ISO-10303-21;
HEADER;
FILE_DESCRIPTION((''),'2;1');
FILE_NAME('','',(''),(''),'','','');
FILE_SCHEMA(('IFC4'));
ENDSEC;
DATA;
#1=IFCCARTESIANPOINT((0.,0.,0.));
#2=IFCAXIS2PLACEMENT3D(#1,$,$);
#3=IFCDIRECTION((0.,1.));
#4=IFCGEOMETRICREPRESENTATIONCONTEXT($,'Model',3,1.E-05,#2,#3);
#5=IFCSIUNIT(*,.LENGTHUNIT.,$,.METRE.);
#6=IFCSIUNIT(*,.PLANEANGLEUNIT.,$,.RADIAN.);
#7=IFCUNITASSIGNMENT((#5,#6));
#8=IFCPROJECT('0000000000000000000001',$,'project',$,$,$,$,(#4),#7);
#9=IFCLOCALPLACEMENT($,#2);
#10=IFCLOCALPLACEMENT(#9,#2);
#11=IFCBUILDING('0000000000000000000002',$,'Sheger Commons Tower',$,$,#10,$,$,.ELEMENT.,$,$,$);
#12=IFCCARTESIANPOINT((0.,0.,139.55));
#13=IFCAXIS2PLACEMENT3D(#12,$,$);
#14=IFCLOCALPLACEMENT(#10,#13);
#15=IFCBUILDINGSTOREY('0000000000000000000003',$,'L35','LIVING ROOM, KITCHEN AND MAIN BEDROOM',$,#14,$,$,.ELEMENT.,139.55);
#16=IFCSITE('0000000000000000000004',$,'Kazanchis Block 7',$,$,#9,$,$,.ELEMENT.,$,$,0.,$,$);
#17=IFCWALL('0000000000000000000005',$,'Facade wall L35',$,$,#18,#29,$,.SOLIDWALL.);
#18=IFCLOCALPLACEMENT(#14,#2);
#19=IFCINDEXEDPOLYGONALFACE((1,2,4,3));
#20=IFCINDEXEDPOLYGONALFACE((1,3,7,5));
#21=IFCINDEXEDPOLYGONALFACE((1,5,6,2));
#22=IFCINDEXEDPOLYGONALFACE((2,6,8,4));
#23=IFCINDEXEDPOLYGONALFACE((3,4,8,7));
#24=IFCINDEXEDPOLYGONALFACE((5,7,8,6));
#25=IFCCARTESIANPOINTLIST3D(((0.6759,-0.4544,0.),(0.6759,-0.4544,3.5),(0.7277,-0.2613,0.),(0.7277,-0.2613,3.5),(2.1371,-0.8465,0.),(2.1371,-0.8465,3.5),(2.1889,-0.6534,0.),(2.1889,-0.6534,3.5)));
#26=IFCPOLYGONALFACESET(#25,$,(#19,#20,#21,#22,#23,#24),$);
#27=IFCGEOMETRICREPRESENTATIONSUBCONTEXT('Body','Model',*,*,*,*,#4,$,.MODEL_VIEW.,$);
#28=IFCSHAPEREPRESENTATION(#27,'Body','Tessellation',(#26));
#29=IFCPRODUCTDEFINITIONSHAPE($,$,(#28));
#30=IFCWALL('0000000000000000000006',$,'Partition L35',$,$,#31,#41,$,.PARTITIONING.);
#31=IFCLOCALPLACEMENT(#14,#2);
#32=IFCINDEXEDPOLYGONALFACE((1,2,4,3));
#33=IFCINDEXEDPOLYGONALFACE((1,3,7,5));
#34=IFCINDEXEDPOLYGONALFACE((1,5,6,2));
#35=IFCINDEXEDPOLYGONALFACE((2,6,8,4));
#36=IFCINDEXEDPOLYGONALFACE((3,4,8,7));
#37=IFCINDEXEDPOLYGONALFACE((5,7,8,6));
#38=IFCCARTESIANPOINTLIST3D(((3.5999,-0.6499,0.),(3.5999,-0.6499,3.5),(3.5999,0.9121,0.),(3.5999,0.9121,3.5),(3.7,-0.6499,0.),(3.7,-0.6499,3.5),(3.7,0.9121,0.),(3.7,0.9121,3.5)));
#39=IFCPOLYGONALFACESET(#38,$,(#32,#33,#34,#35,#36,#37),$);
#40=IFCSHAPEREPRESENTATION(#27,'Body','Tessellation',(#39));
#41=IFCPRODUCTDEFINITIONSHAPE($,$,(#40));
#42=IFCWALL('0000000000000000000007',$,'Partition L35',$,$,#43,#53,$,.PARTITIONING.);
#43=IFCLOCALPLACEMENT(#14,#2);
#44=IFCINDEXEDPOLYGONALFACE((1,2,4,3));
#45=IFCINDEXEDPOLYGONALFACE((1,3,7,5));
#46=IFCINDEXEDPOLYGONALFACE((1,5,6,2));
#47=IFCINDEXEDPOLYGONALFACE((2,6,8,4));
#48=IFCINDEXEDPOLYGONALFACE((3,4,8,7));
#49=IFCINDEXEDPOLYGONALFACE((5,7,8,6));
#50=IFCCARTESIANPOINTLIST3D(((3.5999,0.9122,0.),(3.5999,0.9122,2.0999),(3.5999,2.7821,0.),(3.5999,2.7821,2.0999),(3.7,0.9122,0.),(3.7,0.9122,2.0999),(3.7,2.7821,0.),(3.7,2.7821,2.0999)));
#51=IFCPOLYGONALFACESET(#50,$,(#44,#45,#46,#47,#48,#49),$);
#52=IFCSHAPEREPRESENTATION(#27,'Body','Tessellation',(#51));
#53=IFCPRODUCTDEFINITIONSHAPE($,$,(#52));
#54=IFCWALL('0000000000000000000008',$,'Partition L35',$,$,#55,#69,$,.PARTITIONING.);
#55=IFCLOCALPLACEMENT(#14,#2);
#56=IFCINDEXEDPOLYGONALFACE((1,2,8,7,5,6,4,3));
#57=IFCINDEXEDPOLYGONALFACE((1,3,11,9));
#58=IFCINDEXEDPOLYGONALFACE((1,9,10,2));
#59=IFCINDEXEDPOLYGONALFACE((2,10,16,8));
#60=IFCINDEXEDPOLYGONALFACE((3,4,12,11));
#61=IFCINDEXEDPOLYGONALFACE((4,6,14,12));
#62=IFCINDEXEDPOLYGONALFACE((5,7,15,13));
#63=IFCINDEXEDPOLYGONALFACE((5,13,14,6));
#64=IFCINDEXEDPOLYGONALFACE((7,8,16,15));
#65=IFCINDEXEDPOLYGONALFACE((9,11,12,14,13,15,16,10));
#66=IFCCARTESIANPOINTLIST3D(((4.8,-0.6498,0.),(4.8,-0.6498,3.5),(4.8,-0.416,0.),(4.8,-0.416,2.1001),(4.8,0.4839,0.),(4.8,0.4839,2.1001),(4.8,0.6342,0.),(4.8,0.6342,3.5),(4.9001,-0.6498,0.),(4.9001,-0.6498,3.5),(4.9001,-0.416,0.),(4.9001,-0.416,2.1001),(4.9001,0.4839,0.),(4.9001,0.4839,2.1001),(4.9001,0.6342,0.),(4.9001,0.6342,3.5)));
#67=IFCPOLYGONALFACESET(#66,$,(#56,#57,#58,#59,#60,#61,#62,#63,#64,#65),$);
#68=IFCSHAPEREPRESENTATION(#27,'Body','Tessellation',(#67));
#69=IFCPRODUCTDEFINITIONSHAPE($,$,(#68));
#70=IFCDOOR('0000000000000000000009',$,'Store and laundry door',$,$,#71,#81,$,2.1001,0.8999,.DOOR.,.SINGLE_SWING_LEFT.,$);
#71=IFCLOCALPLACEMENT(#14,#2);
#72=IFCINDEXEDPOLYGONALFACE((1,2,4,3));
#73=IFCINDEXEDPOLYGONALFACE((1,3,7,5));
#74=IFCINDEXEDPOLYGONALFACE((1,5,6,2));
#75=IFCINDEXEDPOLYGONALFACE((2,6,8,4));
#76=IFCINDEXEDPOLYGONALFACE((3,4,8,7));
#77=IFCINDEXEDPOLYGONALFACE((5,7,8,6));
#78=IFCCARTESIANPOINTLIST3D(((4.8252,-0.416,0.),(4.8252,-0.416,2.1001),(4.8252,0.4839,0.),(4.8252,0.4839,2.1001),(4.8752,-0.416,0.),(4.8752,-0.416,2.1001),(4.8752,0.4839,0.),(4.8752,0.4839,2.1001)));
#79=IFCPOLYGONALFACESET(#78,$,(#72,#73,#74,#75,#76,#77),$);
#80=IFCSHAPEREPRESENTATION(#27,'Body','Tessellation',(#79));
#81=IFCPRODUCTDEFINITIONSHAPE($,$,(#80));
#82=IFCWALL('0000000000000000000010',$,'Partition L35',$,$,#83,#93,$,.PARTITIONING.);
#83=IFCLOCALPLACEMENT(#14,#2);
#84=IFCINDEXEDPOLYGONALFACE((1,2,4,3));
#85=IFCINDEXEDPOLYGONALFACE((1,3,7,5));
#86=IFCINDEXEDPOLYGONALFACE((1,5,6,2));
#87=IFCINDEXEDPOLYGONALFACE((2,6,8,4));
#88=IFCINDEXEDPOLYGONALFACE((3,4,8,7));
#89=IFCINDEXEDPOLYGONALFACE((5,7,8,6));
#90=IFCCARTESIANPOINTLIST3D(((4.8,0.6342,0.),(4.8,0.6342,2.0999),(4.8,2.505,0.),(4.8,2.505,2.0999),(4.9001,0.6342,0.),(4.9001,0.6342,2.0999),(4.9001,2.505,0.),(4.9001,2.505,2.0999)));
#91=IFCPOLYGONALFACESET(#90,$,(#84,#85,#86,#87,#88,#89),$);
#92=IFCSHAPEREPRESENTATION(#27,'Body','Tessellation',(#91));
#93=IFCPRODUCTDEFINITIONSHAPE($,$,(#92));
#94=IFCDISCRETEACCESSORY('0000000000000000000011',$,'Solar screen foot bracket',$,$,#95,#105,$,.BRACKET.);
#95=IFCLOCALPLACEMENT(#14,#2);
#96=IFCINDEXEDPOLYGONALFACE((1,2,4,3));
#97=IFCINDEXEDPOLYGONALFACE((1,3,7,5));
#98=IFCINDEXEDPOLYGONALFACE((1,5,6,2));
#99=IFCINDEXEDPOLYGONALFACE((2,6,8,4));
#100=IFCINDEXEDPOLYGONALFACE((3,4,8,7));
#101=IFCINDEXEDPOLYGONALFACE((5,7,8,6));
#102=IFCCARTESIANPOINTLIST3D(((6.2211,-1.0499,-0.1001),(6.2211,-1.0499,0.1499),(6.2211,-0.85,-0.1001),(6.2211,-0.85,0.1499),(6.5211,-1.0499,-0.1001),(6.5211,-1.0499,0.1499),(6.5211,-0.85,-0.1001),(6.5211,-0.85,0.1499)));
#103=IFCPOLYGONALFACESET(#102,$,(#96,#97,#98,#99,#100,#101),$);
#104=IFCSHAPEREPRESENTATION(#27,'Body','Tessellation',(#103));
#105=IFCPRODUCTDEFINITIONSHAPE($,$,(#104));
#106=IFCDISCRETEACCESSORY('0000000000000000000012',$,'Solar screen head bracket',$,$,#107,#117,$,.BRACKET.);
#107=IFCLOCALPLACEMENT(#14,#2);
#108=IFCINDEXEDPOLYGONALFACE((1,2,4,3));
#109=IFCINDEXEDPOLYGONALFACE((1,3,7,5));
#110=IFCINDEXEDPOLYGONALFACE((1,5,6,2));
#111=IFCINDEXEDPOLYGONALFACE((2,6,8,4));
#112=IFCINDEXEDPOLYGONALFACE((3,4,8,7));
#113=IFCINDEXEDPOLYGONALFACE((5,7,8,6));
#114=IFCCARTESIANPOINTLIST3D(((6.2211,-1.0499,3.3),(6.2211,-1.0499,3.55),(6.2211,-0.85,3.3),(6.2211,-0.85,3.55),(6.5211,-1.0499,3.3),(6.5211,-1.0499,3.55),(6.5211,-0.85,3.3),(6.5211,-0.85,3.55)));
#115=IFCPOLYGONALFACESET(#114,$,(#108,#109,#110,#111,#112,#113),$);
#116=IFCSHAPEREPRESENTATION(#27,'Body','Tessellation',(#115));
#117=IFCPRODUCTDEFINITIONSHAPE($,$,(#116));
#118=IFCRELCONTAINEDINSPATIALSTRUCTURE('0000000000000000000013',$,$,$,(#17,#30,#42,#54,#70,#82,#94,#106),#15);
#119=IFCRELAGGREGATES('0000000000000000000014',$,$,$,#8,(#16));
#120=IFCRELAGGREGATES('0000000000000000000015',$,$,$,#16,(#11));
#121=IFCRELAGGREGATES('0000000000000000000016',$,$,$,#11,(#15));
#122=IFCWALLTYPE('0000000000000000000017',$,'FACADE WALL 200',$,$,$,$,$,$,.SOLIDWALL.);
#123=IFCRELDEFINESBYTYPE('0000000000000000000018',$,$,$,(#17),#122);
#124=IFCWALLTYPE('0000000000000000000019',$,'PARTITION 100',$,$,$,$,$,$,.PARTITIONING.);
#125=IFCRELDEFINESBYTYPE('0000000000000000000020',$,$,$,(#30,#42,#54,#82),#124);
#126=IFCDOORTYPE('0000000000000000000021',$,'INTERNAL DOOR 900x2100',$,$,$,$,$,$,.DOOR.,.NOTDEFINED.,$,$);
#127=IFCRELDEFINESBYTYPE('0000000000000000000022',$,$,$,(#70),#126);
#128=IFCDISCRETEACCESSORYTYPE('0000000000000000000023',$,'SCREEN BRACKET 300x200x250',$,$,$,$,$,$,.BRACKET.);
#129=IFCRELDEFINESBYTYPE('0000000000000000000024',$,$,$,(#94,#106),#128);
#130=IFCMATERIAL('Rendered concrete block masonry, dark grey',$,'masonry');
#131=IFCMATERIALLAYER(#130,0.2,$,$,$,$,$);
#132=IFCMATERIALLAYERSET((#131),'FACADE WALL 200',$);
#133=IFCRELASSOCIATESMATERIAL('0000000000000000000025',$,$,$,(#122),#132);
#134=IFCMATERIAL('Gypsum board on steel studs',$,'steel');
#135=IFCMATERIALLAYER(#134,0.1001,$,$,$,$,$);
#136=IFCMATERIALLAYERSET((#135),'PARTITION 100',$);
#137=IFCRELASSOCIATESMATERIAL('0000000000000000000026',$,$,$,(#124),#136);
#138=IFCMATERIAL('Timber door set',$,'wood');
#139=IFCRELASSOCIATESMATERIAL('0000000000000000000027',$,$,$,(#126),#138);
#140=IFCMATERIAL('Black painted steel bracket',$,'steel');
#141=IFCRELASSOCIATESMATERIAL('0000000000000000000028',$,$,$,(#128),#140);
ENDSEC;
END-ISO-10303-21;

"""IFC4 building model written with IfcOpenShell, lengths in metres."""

from ifc_helpers import new_model, si_unit, direction, frame, frame_2d, origin, origin_2d, place, context, subcontext, project, spatial, rectangle, extrude, material, layer, layer_set, type_object, element, fill, save


model = new_model("IFC4")

# Units and contexts
model_context = context("Model", 3, precision=1e-05, world=origin(), true_north=direction((0.0, 1.0)))
body_context = subcontext(model_context, "Body", "Model", "MODEL_VIEW")
ifc_project = project(units=[si_unit("LENGTHUNIT", "METRE"), si_unit("PLANEANGLEUNIT", "RADIAN")], contexts=[model_context])

# Site, building, storey
site_placement = place(None, origin())
site = spatial("IfcSite", under=ifc_project, at=site_placement, Name="Kazanchis Block 7", CompositionType="ELEMENT", RefElevation=0.0)
building_placement = place(site_placement, origin())
building = spatial("IfcBuilding", under=site, at=building_placement, Name="Sheger Commons Tower", CompositionType="ELEMENT")
storey_placement = place(building_placement, frame((0.0, 0.0, 139.55)))
storey = spatial("IfcBuildingStorey", under=building, at=storey_placement, Name="L35", Description="LIVING ROOM, KITCHEN AND MAIN BEDROOM", CompositionType="ELEMENT", Elevation=139.55)

# Shared definitions
ifc_material_1 = material(Name="Rendered concrete block masonry, dark grey", Category="masonry")
ifc_layer_1 = layer(ifc_material_1, 0.2)
ifc_layer_set_1 = layer_set([ifc_layer_1], Name="FACADE WALL 200")
wall_type_1 = type_object("IfcWallType", Name="FACADE WALL 200", PredefinedType="SOLIDWALL", material=ifc_layer_set_1)

# Walls
wall_1_placement = place(storey_placement, frame((0.7019, -0.3579, 0.0), z_axis=(0.0, 0.0, 1.0), x_axis=(0.965832, -0.259169, 0.0)))
element("IfcWall", 1, at=wall_1_placement, inside=storey, type_object=wall_type_1, Name="Facade wall L35", PredefinedType="SOLIDWALL", context=body_context, shape_type="SweptSolid", body=[
    extrude(rectangle(XDim=1.5129, YDim=0.2, at=frame_2d((0.7563, 0.0))), origin(), (0.0, 0.0, 1.0), 3.5),
])
ifc_material_2 = material(Name="Gypsum board on steel studs", Category="steel")
ifc_layer_2 = layer(ifc_material_2, 0.1001)
ifc_layer_set_2 = layer_set([ifc_layer_2], Name="PARTITION 100")
wall_type_2 = type_object("IfcWallType", Name="PARTITION 100", PredefinedType="PARTITIONING", material=ifc_layer_set_2)
wall_2_placement = place(storey_placement, frame((3.6499, -0.6499, 0.0), z_axis=(0.0, 0.0, 1.0), x_axis=(0.0, 1.0, 0.0)))
element("IfcWall", 2, at=wall_2_placement, inside=storey, type_object=wall_type_2, Name="Partition L35", PredefinedType="PARTITIONING", context=body_context, shape_type="SweptSolid", body=[
    extrude(rectangle(XDim=1.562, YDim=0.1001, at=frame_2d((0.781, 0.0))), origin(), (0.0, 0.0, 1.0), 3.5),
])
wall_3_placement = place(storey_placement, frame((3.6499, 0.9121, 0.0), z_axis=(0.0, 0.0, 1.0), x_axis=(0.0, 1.0, 0.0)))
element("IfcWall", 3, at=wall_3_placement, inside=storey, type_object=wall_type_2, Name="Partition L35", PredefinedType="PARTITIONING", context=body_context, shape_type="SweptSolid", body=[
    extrude(rectangle(XDim=1.8699, YDim=0.1001, at=frame_2d((0.9351, 0.0))), origin(), (0.0, 0.0, 1.0), 2.0999),
])

# Wall, opening, door
wall_4_placement = place(storey_placement, frame((4.8501, -0.6499, 0.0), z_axis=(0.0, 0.0, 1.0), x_axis=(0.0, 1.0, 0.0)))
wall_4 = element("IfcWall", 4, at=wall_4_placement, inside=storey, type_object=wall_type_2, Name="Partition L35", PredefinedType="PARTITIONING", context=body_context, shape_type="SweptSolid", body=[
    extrude(rectangle(XDim=1.2839, YDim=0.1001, at=frame_2d((0.6421, 0.0))), origin(), (0.0, 0.0, 1.0), 3.5),
])
opening_1_placement = place(wall_4_placement, frame((0.2339, 0.0, 0.0)))
opening_1 = element("IfcOpeningElement", 5, at=opening_1_placement, cuts=wall_4, PredefinedType="OPENING", context=body_context, shape_type="SweptSolid", body=[
    extrude(rectangle(XDim=0.8999, YDim=2.1001, at=frame_2d((0.45, 1.05))), frame((0.0, 0.0601, 0.0), z_axis=(0.0, -1.0, 0.0), x_axis=(1.0, 0.0, 0.0)), (0.0, 0.0, 1.0), 0.1201),
])
ifc_material_3 = material(Name="Timber door set", Category="wood")
door_type = type_object("IfcDoorType", Name="INTERNAL DOOR 900x2100", OperationType="NOTDEFINED", PredefinedType="DOOR", material=ifc_material_3)
door_placement = place(opening_1_placement, origin())
door = element("IfcDoor", 6, at=door_placement, inside=storey, type_object=door_type, Name="Store and laundry door", OperationType="SINGLE_SWING_LEFT", OverallHeight=2.1001, OverallWidth=0.8999, PredefinedType="DOOR", context=body_context, shape_type="SweptSolid", body=[
    extrude(rectangle(XDim=0.8999, YDim=2.1001, at=frame_2d((0.45, 1.05))), frame((0.0, 0.0249, 0.0), z_axis=(0.0, -1.0, 0.0), x_axis=(1.0, 0.0, 0.0)), (0.0, 0.0, 1.0), 0.05),
])
fill(opening_1, door)

# Wall
wall_5_placement = place(storey_placement, frame((4.8501, 0.634, 0.0), z_axis=(0.0, 0.0, 1.0), x_axis=(0.0, 1.0, 0.0)))
element("IfcWall", 7, at=wall_5_placement, inside=storey, type_object=wall_type_2, Name="Partition L35", PredefinedType="PARTITIONING", context=body_context, shape_type="SweptSolid", body=[
    extrude(rectangle(XDim=1.8708, YDim=0.1001, at=frame_2d((0.9355, 0.0))), origin(), (0.0, 0.0, 1.0), 2.0999),
])

# Discrete accessories
ifc_material_4 = material(Name="Black painted steel bracket", Category="steel")
discrete_accessory_type = type_object("IfcDiscreteAccessoryType", Name="SCREEN BRACKET 300x200x250", PredefinedType="BRACKET", material=ifc_material_4)
for number, where, z_axis, x_axis, name in (
    (8, (6.3711, -0.95, -0.1001), (0.0, 0.0, 1.0), (1.0, 0.0, 0.0), "Solar screen foot bracket"),
    (9, (6.3711, -0.95, 3.3), (0.0, 0.0, 1.0), (1.0, 0.0, 0.0), "Solar screen head bracket"),
):
    element("IfcDiscreteAccessory", number, at=place(storey_placement, frame(where, z_axis=z_axis, x_axis=x_axis)), inside=storey, type_object=discrete_accessory_type, Name=name, PredefinedType="BRACKET", context=body_context, shape_type="SweptSolid", body=[
        extrude(rectangle(XDim=0.3, YDim=0.2, at=origin_2d()), origin(), (0.0, 0.0, 1.0), 0.25),
    ])

save(model, "model.ifc")
